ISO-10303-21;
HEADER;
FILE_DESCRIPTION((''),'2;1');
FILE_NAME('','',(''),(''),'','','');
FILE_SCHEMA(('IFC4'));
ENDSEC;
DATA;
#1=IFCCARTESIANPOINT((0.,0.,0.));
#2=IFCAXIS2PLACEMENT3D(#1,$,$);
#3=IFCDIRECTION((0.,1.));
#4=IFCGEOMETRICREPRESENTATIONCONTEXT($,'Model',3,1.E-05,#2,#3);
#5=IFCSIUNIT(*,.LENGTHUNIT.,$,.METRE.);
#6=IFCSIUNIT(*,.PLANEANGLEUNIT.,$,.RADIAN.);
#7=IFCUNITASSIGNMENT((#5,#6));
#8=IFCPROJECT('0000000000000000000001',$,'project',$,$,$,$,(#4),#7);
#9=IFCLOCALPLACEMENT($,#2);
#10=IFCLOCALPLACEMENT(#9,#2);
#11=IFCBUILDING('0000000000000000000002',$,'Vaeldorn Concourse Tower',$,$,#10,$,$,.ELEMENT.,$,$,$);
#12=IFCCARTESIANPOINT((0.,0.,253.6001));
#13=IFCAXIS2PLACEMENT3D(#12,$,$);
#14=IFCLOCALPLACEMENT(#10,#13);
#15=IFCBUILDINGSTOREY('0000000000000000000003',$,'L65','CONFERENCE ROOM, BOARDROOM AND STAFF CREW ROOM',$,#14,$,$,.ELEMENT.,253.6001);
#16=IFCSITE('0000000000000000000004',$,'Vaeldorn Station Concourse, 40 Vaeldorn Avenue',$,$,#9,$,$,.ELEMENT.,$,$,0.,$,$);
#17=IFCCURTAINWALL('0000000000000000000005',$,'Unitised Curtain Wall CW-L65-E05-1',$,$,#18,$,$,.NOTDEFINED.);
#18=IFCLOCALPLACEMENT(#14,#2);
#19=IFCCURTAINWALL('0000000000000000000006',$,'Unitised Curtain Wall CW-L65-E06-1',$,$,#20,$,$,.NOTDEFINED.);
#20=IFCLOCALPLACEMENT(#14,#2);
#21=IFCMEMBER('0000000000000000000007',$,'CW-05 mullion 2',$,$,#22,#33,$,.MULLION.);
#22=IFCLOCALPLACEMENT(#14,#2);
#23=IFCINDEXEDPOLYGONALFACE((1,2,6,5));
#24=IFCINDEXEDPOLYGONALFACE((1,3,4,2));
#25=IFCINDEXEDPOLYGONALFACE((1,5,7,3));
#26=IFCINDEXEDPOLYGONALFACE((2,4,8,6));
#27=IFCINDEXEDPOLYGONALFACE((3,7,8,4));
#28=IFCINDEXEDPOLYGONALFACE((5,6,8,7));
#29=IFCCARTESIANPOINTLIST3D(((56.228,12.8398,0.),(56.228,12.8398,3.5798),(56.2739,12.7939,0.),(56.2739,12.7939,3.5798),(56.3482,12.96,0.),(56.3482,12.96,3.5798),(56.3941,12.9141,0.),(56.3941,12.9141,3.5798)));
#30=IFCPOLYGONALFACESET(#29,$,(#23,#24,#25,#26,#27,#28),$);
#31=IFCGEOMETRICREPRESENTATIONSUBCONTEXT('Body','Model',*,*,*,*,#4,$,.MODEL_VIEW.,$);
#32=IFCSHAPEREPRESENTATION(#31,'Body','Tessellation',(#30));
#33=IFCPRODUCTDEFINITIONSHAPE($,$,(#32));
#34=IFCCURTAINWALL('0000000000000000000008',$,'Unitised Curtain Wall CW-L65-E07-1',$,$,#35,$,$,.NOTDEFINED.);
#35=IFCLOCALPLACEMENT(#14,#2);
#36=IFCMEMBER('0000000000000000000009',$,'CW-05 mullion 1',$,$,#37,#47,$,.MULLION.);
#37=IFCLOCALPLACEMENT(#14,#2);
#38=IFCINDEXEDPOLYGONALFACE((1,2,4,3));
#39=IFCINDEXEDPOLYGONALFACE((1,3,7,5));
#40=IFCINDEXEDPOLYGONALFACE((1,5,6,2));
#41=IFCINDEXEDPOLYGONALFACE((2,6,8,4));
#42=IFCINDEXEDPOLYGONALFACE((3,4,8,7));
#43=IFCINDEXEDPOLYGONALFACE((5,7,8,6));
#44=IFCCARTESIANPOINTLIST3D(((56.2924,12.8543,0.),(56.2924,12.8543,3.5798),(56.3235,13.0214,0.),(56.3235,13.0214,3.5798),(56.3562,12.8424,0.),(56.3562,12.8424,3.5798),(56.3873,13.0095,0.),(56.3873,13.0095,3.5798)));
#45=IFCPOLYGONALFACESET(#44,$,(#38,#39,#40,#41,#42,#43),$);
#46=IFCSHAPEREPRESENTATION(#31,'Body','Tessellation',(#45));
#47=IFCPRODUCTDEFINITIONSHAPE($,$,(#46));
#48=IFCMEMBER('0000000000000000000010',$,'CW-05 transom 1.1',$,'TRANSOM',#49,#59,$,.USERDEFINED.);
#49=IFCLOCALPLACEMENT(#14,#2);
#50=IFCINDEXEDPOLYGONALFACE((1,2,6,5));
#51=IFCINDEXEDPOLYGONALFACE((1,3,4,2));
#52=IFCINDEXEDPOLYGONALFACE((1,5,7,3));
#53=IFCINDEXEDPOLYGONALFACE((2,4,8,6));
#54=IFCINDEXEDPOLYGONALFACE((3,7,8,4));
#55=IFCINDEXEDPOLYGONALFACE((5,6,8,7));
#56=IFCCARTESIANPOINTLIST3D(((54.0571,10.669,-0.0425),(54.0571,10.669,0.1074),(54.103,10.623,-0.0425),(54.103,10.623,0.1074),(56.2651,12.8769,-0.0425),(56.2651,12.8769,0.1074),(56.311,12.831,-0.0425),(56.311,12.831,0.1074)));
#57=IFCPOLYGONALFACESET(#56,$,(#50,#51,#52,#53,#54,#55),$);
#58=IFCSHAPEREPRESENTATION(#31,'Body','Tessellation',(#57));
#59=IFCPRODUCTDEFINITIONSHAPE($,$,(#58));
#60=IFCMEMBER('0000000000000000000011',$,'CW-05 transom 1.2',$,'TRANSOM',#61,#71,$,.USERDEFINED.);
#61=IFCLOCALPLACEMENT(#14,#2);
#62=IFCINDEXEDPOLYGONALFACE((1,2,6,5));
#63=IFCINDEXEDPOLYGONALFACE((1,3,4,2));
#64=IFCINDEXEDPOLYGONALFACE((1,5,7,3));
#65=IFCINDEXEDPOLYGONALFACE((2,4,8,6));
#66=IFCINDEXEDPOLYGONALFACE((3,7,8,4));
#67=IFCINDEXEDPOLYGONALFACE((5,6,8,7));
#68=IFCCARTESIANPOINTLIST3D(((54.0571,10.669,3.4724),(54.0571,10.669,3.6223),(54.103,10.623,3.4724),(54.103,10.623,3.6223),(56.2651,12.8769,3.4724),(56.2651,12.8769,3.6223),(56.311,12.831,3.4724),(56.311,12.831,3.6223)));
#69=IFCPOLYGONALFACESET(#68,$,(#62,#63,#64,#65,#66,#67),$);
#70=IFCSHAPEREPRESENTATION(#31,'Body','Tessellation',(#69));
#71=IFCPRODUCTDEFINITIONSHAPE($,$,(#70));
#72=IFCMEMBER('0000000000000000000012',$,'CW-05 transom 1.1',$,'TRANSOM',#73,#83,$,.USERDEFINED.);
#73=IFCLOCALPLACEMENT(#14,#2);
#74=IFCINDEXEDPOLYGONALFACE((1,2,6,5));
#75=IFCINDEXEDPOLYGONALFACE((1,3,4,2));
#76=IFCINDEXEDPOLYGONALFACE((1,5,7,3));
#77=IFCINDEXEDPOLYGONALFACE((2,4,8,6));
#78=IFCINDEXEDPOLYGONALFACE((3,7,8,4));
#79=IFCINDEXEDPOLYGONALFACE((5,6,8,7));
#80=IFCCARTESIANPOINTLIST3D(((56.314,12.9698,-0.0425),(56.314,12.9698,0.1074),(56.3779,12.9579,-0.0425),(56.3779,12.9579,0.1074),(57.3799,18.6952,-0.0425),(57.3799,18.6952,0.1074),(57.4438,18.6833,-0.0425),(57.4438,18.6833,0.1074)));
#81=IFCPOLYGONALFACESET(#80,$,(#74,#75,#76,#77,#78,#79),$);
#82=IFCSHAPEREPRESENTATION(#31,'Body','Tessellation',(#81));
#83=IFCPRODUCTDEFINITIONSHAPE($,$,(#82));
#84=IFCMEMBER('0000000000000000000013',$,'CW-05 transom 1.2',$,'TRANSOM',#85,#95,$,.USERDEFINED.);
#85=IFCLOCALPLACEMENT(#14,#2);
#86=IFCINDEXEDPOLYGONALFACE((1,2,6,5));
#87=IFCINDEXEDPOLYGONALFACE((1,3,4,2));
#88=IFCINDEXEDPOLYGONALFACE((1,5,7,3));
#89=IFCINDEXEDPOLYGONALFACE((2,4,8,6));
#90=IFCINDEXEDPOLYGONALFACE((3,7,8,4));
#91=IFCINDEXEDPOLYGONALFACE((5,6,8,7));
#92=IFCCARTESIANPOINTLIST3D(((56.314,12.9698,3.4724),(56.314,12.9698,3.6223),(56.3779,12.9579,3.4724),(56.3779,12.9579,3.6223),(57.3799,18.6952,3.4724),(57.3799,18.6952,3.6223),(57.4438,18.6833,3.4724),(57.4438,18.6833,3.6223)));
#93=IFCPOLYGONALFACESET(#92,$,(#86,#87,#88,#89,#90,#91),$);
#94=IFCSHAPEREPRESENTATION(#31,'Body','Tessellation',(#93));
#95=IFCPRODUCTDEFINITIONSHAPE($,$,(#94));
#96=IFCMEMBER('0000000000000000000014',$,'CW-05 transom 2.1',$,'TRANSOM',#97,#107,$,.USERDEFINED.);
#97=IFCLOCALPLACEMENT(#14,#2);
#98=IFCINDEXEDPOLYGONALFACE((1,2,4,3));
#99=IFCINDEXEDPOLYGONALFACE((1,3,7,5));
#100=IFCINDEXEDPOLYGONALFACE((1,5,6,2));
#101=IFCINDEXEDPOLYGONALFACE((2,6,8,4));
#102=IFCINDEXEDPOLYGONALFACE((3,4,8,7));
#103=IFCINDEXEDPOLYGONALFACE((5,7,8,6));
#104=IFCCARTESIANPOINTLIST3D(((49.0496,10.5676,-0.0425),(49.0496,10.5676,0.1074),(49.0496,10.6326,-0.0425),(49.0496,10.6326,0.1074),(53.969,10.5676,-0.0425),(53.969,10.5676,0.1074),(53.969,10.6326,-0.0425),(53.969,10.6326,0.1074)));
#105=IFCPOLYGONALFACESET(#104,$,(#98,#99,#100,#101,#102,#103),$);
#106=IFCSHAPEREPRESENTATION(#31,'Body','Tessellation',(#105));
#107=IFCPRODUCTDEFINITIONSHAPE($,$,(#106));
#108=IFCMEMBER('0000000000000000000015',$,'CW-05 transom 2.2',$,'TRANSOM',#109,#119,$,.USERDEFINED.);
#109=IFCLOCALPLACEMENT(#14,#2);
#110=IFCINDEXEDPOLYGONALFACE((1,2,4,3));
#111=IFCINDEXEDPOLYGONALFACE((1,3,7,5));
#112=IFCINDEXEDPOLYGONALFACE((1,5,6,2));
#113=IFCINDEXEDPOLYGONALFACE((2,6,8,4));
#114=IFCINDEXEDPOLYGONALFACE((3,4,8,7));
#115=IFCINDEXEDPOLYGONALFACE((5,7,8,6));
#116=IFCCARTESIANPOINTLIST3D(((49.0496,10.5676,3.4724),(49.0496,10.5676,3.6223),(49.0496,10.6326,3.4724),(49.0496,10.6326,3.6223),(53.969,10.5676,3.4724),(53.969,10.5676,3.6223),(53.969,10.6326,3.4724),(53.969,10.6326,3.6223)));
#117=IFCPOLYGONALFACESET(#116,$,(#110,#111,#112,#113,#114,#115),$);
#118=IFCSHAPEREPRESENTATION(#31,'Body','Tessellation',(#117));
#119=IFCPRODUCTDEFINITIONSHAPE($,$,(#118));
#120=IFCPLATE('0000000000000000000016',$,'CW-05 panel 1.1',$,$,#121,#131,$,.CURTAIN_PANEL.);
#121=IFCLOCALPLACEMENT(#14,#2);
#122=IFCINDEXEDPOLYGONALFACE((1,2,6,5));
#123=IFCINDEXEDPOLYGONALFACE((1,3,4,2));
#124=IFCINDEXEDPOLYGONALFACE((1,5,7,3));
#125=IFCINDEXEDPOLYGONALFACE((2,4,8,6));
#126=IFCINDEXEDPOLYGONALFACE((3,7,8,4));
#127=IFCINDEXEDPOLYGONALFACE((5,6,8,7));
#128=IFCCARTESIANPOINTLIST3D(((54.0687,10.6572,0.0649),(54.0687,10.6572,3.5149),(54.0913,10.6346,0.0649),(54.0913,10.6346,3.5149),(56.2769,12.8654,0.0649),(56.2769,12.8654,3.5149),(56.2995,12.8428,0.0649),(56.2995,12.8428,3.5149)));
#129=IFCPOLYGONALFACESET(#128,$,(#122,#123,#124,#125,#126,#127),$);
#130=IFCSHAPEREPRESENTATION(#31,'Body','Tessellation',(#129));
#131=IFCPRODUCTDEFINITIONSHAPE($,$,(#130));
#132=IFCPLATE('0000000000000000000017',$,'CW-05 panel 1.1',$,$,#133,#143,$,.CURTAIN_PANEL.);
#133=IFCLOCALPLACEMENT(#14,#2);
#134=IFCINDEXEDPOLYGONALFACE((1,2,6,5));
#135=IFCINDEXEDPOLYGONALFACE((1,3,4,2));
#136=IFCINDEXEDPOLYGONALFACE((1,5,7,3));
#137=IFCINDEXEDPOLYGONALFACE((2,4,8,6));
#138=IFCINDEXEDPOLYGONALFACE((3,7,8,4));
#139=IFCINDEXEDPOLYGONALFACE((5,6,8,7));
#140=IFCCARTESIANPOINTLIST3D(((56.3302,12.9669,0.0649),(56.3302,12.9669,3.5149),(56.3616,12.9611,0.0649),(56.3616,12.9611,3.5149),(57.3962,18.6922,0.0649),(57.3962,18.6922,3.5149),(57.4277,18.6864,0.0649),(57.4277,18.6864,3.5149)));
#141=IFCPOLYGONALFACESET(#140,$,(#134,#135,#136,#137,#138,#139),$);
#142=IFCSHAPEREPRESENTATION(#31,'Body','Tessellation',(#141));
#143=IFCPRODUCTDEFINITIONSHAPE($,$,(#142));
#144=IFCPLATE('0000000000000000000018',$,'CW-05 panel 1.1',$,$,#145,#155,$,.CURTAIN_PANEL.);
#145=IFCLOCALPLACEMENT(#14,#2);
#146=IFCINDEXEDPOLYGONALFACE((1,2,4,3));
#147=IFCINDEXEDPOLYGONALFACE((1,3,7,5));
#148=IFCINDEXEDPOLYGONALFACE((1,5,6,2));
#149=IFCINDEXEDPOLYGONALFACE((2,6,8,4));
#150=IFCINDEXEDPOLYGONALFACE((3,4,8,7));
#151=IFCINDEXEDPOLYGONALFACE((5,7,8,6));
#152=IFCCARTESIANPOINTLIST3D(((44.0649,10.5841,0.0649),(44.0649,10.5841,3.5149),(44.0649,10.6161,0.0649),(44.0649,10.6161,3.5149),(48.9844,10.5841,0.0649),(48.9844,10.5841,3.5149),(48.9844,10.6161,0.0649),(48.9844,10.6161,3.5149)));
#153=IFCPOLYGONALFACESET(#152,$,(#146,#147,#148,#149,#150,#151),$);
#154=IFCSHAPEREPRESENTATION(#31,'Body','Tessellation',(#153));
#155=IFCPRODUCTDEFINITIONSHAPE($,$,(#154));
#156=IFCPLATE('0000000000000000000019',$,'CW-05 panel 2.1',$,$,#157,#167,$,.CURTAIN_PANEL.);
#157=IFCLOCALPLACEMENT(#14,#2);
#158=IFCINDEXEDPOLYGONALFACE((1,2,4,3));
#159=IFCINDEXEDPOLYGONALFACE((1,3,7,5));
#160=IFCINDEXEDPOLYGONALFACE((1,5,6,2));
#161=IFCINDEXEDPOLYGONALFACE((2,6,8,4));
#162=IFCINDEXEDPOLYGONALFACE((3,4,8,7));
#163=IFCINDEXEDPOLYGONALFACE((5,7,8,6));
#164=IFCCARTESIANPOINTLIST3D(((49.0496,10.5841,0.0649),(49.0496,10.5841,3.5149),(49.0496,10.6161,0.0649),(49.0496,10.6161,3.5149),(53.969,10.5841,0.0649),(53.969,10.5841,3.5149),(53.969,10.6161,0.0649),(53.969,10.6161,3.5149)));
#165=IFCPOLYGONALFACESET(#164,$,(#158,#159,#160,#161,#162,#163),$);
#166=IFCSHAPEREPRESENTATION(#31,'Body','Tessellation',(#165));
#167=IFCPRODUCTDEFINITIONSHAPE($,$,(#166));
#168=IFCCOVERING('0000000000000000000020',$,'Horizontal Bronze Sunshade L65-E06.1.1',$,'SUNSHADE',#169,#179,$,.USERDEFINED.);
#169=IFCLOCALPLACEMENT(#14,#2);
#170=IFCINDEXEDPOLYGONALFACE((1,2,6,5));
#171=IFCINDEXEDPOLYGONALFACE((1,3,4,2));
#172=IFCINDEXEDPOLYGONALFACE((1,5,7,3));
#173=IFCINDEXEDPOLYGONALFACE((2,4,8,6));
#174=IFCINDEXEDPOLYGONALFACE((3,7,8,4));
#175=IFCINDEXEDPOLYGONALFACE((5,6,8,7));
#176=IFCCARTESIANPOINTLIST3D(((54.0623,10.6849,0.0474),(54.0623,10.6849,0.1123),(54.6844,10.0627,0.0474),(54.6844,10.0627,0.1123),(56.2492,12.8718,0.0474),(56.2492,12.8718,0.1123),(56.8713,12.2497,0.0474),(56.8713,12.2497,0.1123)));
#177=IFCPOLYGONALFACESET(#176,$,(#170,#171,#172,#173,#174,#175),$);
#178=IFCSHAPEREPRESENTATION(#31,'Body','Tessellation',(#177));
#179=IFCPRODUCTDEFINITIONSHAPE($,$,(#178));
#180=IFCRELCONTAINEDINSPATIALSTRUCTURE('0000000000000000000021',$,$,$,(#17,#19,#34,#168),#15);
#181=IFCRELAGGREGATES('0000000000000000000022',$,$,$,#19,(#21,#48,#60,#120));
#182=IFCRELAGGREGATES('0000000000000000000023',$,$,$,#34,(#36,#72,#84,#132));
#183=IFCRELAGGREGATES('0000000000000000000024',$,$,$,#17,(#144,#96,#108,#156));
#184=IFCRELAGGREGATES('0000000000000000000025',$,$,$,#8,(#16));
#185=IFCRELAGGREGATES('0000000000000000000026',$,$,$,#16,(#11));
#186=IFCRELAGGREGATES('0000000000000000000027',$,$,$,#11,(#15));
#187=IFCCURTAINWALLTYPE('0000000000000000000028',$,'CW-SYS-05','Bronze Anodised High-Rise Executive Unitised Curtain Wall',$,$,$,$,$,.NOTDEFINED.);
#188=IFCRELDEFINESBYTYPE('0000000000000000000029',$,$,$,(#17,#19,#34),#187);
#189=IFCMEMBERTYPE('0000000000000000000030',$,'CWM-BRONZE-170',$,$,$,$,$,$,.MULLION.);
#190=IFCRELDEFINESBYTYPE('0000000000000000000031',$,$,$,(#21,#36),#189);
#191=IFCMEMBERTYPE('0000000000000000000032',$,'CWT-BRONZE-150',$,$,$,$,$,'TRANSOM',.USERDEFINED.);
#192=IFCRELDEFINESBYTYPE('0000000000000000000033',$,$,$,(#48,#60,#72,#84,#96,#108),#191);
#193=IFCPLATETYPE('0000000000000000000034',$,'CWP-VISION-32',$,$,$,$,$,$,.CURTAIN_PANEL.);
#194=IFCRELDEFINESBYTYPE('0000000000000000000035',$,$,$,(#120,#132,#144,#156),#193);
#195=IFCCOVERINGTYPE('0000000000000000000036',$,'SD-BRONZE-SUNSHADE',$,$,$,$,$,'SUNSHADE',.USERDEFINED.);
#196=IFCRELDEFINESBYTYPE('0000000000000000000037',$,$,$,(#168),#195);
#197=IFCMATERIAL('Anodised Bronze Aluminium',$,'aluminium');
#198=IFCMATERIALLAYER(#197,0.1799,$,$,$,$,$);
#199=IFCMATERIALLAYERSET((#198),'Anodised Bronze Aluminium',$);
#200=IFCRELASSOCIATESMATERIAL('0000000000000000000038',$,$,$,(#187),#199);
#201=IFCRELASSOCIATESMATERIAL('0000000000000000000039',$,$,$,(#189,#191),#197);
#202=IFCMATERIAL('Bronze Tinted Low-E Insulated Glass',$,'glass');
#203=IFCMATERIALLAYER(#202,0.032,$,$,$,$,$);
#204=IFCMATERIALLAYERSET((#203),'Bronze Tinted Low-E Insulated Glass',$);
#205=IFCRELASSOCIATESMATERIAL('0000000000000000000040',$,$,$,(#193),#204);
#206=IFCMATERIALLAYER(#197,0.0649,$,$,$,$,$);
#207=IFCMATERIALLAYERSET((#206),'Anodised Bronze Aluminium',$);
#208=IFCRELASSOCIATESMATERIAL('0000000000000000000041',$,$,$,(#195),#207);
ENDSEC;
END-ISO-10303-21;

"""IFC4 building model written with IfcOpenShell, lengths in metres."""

from ifc_helpers import new_model, si_unit, direction, frame, origin, origin_2d, place, context, subcontext, project, spatial, rectangle, extrude, source, transform, mapped, material, layer, layer_set, material_profile, profile_set, type_object, element, aggregate, save


model = new_model("IFC4")

# Units and contexts
model_context = context("Model", 3, precision=1e-05, world=origin(), true_north=direction((0.0, 1.0)))
body_context = subcontext(model_context, "Body", "Model", "MODEL_VIEW")
ifc_project = project(units=[si_unit("LENGTHUNIT", "METRE"), si_unit("PLANEANGLEUNIT", "RADIAN")], contexts=[model_context])

# Site, building, storey
site_placement = place(None, origin())
site = spatial("IfcSite", under=ifc_project, at=site_placement, Name="Vaeldorn Station Concourse, 40 Vaeldorn Avenue", CompositionType="ELEMENT", RefElevation=0.0)
building_placement = place(site_placement, origin())
building = spatial("IfcBuilding", under=site, at=building_placement, Name="Vaeldorn Concourse Tower", CompositionType="ELEMENT")
storey_placement = place(building_placement, frame((0.0, 0.0, 253.6001)))
storey = spatial("IfcBuildingStorey", under=building, at=storey_placement, Name="L65", Description="CONFERENCE ROOM, BOARDROOM AND STAFF CREW ROOM", CompositionType="ELEMENT", Elevation=253.6001)

# Curtain walls, member
ifc_material_1 = material(Name="Anodised Bronze Aluminium", Category="aluminium")
ifc_layer_1 = layer(ifc_material_1, 0.1799)
ifc_layer_set_1 = layer_set([ifc_layer_1], Name="Anodised Bronze Aluminium")
curtain_wall_type = type_object("IfcCurtainWallType", Name="CW-SYS-05", Description="Bronze Anodised High-Rise Executive Unitised Curtain Wall", PredefinedType="NOTDEFINED", material=ifc_layer_set_1)
curtain_wall_1_placement = place(storey_placement, origin())
curtain_wall_1 = element("IfcCurtainWall", 1, at=curtain_wall_1_placement, inside=storey, type_object=curtain_wall_type, Name="Unitised Curtain Wall CW-L65-E05-1", PredefinedType="NOTDEFINED")
ifc_material_profile_1 = material_profile(ifc_material_1, rectangle(XDim=0.0649, YDim=0.1699, at=origin_2d()), Name="CWM 65x170")
ifc_profile_set_1 = profile_set([ifc_material_profile_1], Name="Anodised Bronze Aluminium")
member_type_1 = type_object("IfcMemberType", Name="CWM-BRONZE-170", PredefinedType="MULLION", material=ifc_profile_set_1)
shared_shape_1 = source(origin(), body_context, "Body", "SweptSolid", [
    extrude(rectangle(XDim=0.0649, YDim=0.1699, at=origin_2d()), origin(), (0.0, 0.0, 1.0), 3.5798),
])
curtain_wall_2_placement = place(storey_placement, origin())
curtain_wall_2 = element("IfcCurtainWall", 2, at=curtain_wall_2_placement, inside=storey, type_object=curtain_wall_type, Name="Unitised Curtain Wall CW-L65-E06-1", PredefinedType="NOTDEFINED")
member_1_placement = place(storey_placement, frame((56.311, 12.877, 0.0), z_axis=(0.0, 0.0, 1.0), x_axis=(-0.707107, 0.707107, 0.0)))
member_1 = element("IfcMember", 3, at=member_1_placement, type_object=member_type_1, Name="CW-05 mullion 2", PredefinedType="MULLION", context=body_context, shape_type="MappedRepresentation", body=[
    mapped(shared_shape_1, transform((0.0, 0.0, 0.0), scale=1.0)),
])

# Curtain wall, member
curtain_wall_3_placement = place(storey_placement, origin())
curtain_wall_3 = element("IfcCurtainWall", 4, at=curtain_wall_3_placement, inside=storey, type_object=curtain_wall_type, Name="Unitised Curtain Wall CW-L65-E07-1", PredefinedType="NOTDEFINED")
member_2_placement = place(storey_placement, frame((56.3398, 12.9319, 0.0), z_axis=(0.0, 0.0, 1.0), x_axis=(-0.983103, 0.183055, 0.0)))
member_2 = element("IfcMember", 5, at=member_2_placement, type_object=member_type_1, Name="CW-05 mullion 1", PredefinedType="MULLION", context=body_context, shape_type="MappedRepresentation", body=[
    mapped(shared_shape_1, transform((0.0, 0.0, 0.0), scale=1.0)),
])

# Members
ifc_material_profile_2 = material_profile(ifc_material_1, rectangle(XDim=0.0649, YDim=0.1499, at=origin_2d()), Name="CWT 65x150")
ifc_profile_set_2 = profile_set([ifc_material_profile_2], Name="Anodised Bronze Aluminium")
member_type_2 = type_object("IfcMemberType", Name="CWT-BRONZE-150", ElementType="TRANSOM", PredefinedType="USERDEFINED", material=ifc_profile_set_2)
shared_shape_2 = source(origin(), body_context, "Body", "SweptSolid", [
    extrude(rectangle(XDim=0.0649, YDim=0.1499, at=origin_2d()), origin(), (0.0, 0.0, 1.0), 3.1226),
])
member_3_placement = place(storey_placement, frame((54.0801, 10.646, 0.0325), z_axis=(0.707107, 0.707107, 0.0), x_axis=(-0.707107, 0.707107, 0.0)))
member_3 = element("IfcMember", 6, at=member_3_placement, type_object=member_type_2, Name="CW-05 transom 1.1", ObjectType="TRANSOM", PredefinedType="USERDEFINED", context=body_context, shape_type="MappedRepresentation", body=[
    mapped(shared_shape_2, transform((0.0, 0.0, 0.0), scale=1.0)),
])
member_4_placement = place(storey_placement, frame((54.0801, 10.646, 3.5474), z_axis=(0.707107, 0.707107, 0.0), x_axis=(-0.707107, 0.707107, 0.0)))
member_4 = element("IfcMember", 7, at=member_4_placement, type_object=member_type_2, Name="CW-05 transom 1.2", ObjectType="TRANSOM", PredefinedType="USERDEFINED", context=body_context, shape_type="MappedRepresentation", body=[
    mapped(shared_shape_2, transform((0.0, 0.0, 0.0), scale=1.0)),
])
shared_shape_3 = source(origin(), body_context, "Body", "SweptSolid", [
    extrude(rectangle(XDim=0.0649, YDim=0.1499, at=origin_2d()), origin(), (0.0, 0.0, 1.0), 5.8237),
])
member_5_placement = place(storey_placement, frame((56.3459, 12.9639, 0.0325), z_axis=(0.18303, 0.983107, 0.0), x_axis=(-0.983107, 0.18303, 0.0)))
member_5 = element("IfcMember", 8, at=member_5_placement, type_object=member_type_2, Name="CW-05 transom 1.1", ObjectType="TRANSOM", PredefinedType="USERDEFINED", context=body_context, shape_type="MappedRepresentation", body=[
    mapped(shared_shape_3, transform((0.0, 0.0, 0.0), scale=1.0)),
])
member_6_placement = place(storey_placement, frame((56.3459, 12.9639, 3.5474), z_axis=(0.18303, 0.983107, 0.0), x_axis=(-0.983107, 0.18303, 0.0)))
member_6 = element("IfcMember", 9, at=member_6_placement, type_object=member_type_2, Name="CW-05 transom 1.2", ObjectType="TRANSOM", PredefinedType="USERDEFINED", context=body_context, shape_type="MappedRepresentation", body=[
    mapped(shared_shape_3, transform((0.0, 0.0, 0.0), scale=1.0)),
])
shared_shape_4 = source(origin(), body_context, "Body", "SweptSolid", [
    extrude(rectangle(XDim=0.0649, YDim=0.1499, at=origin_2d()), origin(), (0.0, 0.0, 1.0), 4.9194),
])
member_7_placement = place(storey_placement, frame((49.0496, 10.6001, 0.0325), z_axis=(1.0, 0.0, 0.0), x_axis=(0.0, 1.0, 0.0)))
member_7 = element("IfcMember", 10, at=member_7_placement, type_object=member_type_2, Name="CW-05 transom 2.1", ObjectType="TRANSOM", PredefinedType="USERDEFINED", context=body_context, shape_type="MappedRepresentation", body=[
    mapped(shared_shape_4, transform((0.0, 0.0, 0.0), scale=1.0)),
])
member_8_placement = place(storey_placement, frame((49.0496, 10.6001, 3.5474), z_axis=(1.0, 0.0, 0.0), x_axis=(0.0, 1.0, 0.0)))
member_8 = element("IfcMember", 11, at=member_8_placement, type_object=member_type_2, Name="CW-05 transom 2.2", ObjectType="TRANSOM", PredefinedType="USERDEFINED", context=body_context, shape_type="MappedRepresentation", body=[
    mapped(shared_shape_4, transform((0.0, 0.0, 0.0), scale=1.0)),
])

# Plates
ifc_material_2 = material(Name="Bronze Tinted Low-E Insulated Glass", Category="glass")
ifc_layer_2 = layer(ifc_material_2, 0.032)
ifc_layer_set_2 = layer_set([ifc_layer_2], Name="Bronze Tinted Low-E Insulated Glass")
plate_type = type_object("IfcPlateType", Name="CWP-VISION-32", PredefinedType="CURTAIN_PANEL", material=ifc_layer_set_2)
shared_shape_5 = source(origin(), body_context, "Body", "SweptSolid", [
    extrude(rectangle(XDim=3.1228, YDim=0.032, at=origin_2d()), origin(), (0.0, 0.0, 1.0), 3.45),
])
plate_1_placement = place(storey_placement, frame((55.1841, 11.75, 0.0649), z_axis=(0.0, 0.0, 1.0), x_axis=(0.707107, 0.707107, 0.0)))
plate_1 = element("IfcPlate", 12, at=plate_1_placement, type_object=plate_type, Name="CW-05 panel 1.1", PredefinedType="CURTAIN_PANEL", context=body_context, shape_type="MappedRepresentation", body=[
    mapped(shared_shape_5, transform((0.0, 0.0, 0.0), scale=1.0)),
])
aggregate(curtain_wall_2, [member_1, member_3, member_4, plate_1])
shared_shape_6 = source(origin(), body_context, "Body", "SweptSolid", [
    extrude(rectangle(XDim=5.8237, YDim=0.032, at=origin_2d()), origin(), (0.0, 0.0, 1.0), 3.45),
])
plate_2_placement = place(storey_placement, frame((56.8789, 15.8267, 0.0649), z_axis=(0.0, 0.0, 1.0), x_axis=(0.183055, 0.983103, 0.0)))
plate_2 = element("IfcPlate", 13, at=plate_2_placement, type_object=plate_type, Name="CW-05 panel 1.1", PredefinedType="CURTAIN_PANEL", context=body_context, shape_type="MappedRepresentation", body=[
    mapped(shared_shape_6, transform((0.0, 0.0, 0.0), scale=1.0)),
])
aggregate(curtain_wall_3, [member_2, member_5, member_6, plate_2])
shared_shape_7 = source(origin(), body_context, "Body", "SweptSolid", [
    extrude(rectangle(XDim=4.9194, YDim=0.032, at=origin_2d()), origin(), (0.0, 0.0, 1.0), 3.45),
])
plate_3_placement = place(storey_placement, frame((46.5247, 10.6001, 0.0649), z_axis=(0.0, 0.0, 1.0), x_axis=(1.0, 0.0, 0.0)))
plate_3 = element("IfcPlate", 14, at=plate_3_placement, type_object=plate_type, Name="CW-05 panel 1.1", PredefinedType="CURTAIN_PANEL", context=body_context, shape_type="MappedRepresentation", body=[
    mapped(shared_shape_7, transform((0.0, 0.0, 0.0), scale=1.0)),
])
plate_4_placement = place(storey_placement, frame((51.5093, 10.6001, 0.0649), z_axis=(0.0, 0.0, 1.0), x_axis=(1.0, 0.0, 0.0)))
plate_4 = element("IfcPlate", 15, at=plate_4_placement, type_object=plate_type, Name="CW-05 panel 2.1", PredefinedType="CURTAIN_PANEL", context=body_context, shape_type="MappedRepresentation", body=[
    mapped(shared_shape_7, transform((0.0, 0.0, 0.0), scale=1.0)),
])
aggregate(curtain_wall_1, [plate_3, member_7, member_8, plate_4])

# Covering
ifc_layer_3 = layer(ifc_material_1, 0.0649)
ifc_layer_set_3 = layer_set([ifc_layer_3], Name="Anodised Bronze Aluminium")
covering_type = type_object("IfcCoveringType", Name="SD-BRONZE-SUNSHADE", ElementType="SUNSHADE", PredefinedType="USERDEFINED", material=ifc_layer_set_3)
shared_shape_8 = source(origin(), body_context, "Body", "SweptSolid", [
    extrude(rectangle(XDim=3.0928, YDim=0.8799, at=origin_2d()), origin(), (0.0, 0.0, 1.0), 0.0649),
])
for number, where, z_axis, x_axis, name in (
    (16, (55.4668, 11.4673, 0.0474), (0.0, 0.0, 1.0), (0.707107, 0.707107, 0.0), "Horizontal Bronze Sunshade L65-E06.1.1"),
):
    element("IfcCovering", number, at=place(storey_placement, frame(where, z_axis=z_axis, x_axis=x_axis)), inside=storey, type_object=covering_type, Name=name, ObjectType="SUNSHADE", PredefinedType="USERDEFINED", context=body_context, shape_type="MappedRepresentation", body=[
        mapped(shared_shape_8, transform((0.0, 0.0, 0.0), scale=1.0)),
    ])

save(model, "model.ifc")
